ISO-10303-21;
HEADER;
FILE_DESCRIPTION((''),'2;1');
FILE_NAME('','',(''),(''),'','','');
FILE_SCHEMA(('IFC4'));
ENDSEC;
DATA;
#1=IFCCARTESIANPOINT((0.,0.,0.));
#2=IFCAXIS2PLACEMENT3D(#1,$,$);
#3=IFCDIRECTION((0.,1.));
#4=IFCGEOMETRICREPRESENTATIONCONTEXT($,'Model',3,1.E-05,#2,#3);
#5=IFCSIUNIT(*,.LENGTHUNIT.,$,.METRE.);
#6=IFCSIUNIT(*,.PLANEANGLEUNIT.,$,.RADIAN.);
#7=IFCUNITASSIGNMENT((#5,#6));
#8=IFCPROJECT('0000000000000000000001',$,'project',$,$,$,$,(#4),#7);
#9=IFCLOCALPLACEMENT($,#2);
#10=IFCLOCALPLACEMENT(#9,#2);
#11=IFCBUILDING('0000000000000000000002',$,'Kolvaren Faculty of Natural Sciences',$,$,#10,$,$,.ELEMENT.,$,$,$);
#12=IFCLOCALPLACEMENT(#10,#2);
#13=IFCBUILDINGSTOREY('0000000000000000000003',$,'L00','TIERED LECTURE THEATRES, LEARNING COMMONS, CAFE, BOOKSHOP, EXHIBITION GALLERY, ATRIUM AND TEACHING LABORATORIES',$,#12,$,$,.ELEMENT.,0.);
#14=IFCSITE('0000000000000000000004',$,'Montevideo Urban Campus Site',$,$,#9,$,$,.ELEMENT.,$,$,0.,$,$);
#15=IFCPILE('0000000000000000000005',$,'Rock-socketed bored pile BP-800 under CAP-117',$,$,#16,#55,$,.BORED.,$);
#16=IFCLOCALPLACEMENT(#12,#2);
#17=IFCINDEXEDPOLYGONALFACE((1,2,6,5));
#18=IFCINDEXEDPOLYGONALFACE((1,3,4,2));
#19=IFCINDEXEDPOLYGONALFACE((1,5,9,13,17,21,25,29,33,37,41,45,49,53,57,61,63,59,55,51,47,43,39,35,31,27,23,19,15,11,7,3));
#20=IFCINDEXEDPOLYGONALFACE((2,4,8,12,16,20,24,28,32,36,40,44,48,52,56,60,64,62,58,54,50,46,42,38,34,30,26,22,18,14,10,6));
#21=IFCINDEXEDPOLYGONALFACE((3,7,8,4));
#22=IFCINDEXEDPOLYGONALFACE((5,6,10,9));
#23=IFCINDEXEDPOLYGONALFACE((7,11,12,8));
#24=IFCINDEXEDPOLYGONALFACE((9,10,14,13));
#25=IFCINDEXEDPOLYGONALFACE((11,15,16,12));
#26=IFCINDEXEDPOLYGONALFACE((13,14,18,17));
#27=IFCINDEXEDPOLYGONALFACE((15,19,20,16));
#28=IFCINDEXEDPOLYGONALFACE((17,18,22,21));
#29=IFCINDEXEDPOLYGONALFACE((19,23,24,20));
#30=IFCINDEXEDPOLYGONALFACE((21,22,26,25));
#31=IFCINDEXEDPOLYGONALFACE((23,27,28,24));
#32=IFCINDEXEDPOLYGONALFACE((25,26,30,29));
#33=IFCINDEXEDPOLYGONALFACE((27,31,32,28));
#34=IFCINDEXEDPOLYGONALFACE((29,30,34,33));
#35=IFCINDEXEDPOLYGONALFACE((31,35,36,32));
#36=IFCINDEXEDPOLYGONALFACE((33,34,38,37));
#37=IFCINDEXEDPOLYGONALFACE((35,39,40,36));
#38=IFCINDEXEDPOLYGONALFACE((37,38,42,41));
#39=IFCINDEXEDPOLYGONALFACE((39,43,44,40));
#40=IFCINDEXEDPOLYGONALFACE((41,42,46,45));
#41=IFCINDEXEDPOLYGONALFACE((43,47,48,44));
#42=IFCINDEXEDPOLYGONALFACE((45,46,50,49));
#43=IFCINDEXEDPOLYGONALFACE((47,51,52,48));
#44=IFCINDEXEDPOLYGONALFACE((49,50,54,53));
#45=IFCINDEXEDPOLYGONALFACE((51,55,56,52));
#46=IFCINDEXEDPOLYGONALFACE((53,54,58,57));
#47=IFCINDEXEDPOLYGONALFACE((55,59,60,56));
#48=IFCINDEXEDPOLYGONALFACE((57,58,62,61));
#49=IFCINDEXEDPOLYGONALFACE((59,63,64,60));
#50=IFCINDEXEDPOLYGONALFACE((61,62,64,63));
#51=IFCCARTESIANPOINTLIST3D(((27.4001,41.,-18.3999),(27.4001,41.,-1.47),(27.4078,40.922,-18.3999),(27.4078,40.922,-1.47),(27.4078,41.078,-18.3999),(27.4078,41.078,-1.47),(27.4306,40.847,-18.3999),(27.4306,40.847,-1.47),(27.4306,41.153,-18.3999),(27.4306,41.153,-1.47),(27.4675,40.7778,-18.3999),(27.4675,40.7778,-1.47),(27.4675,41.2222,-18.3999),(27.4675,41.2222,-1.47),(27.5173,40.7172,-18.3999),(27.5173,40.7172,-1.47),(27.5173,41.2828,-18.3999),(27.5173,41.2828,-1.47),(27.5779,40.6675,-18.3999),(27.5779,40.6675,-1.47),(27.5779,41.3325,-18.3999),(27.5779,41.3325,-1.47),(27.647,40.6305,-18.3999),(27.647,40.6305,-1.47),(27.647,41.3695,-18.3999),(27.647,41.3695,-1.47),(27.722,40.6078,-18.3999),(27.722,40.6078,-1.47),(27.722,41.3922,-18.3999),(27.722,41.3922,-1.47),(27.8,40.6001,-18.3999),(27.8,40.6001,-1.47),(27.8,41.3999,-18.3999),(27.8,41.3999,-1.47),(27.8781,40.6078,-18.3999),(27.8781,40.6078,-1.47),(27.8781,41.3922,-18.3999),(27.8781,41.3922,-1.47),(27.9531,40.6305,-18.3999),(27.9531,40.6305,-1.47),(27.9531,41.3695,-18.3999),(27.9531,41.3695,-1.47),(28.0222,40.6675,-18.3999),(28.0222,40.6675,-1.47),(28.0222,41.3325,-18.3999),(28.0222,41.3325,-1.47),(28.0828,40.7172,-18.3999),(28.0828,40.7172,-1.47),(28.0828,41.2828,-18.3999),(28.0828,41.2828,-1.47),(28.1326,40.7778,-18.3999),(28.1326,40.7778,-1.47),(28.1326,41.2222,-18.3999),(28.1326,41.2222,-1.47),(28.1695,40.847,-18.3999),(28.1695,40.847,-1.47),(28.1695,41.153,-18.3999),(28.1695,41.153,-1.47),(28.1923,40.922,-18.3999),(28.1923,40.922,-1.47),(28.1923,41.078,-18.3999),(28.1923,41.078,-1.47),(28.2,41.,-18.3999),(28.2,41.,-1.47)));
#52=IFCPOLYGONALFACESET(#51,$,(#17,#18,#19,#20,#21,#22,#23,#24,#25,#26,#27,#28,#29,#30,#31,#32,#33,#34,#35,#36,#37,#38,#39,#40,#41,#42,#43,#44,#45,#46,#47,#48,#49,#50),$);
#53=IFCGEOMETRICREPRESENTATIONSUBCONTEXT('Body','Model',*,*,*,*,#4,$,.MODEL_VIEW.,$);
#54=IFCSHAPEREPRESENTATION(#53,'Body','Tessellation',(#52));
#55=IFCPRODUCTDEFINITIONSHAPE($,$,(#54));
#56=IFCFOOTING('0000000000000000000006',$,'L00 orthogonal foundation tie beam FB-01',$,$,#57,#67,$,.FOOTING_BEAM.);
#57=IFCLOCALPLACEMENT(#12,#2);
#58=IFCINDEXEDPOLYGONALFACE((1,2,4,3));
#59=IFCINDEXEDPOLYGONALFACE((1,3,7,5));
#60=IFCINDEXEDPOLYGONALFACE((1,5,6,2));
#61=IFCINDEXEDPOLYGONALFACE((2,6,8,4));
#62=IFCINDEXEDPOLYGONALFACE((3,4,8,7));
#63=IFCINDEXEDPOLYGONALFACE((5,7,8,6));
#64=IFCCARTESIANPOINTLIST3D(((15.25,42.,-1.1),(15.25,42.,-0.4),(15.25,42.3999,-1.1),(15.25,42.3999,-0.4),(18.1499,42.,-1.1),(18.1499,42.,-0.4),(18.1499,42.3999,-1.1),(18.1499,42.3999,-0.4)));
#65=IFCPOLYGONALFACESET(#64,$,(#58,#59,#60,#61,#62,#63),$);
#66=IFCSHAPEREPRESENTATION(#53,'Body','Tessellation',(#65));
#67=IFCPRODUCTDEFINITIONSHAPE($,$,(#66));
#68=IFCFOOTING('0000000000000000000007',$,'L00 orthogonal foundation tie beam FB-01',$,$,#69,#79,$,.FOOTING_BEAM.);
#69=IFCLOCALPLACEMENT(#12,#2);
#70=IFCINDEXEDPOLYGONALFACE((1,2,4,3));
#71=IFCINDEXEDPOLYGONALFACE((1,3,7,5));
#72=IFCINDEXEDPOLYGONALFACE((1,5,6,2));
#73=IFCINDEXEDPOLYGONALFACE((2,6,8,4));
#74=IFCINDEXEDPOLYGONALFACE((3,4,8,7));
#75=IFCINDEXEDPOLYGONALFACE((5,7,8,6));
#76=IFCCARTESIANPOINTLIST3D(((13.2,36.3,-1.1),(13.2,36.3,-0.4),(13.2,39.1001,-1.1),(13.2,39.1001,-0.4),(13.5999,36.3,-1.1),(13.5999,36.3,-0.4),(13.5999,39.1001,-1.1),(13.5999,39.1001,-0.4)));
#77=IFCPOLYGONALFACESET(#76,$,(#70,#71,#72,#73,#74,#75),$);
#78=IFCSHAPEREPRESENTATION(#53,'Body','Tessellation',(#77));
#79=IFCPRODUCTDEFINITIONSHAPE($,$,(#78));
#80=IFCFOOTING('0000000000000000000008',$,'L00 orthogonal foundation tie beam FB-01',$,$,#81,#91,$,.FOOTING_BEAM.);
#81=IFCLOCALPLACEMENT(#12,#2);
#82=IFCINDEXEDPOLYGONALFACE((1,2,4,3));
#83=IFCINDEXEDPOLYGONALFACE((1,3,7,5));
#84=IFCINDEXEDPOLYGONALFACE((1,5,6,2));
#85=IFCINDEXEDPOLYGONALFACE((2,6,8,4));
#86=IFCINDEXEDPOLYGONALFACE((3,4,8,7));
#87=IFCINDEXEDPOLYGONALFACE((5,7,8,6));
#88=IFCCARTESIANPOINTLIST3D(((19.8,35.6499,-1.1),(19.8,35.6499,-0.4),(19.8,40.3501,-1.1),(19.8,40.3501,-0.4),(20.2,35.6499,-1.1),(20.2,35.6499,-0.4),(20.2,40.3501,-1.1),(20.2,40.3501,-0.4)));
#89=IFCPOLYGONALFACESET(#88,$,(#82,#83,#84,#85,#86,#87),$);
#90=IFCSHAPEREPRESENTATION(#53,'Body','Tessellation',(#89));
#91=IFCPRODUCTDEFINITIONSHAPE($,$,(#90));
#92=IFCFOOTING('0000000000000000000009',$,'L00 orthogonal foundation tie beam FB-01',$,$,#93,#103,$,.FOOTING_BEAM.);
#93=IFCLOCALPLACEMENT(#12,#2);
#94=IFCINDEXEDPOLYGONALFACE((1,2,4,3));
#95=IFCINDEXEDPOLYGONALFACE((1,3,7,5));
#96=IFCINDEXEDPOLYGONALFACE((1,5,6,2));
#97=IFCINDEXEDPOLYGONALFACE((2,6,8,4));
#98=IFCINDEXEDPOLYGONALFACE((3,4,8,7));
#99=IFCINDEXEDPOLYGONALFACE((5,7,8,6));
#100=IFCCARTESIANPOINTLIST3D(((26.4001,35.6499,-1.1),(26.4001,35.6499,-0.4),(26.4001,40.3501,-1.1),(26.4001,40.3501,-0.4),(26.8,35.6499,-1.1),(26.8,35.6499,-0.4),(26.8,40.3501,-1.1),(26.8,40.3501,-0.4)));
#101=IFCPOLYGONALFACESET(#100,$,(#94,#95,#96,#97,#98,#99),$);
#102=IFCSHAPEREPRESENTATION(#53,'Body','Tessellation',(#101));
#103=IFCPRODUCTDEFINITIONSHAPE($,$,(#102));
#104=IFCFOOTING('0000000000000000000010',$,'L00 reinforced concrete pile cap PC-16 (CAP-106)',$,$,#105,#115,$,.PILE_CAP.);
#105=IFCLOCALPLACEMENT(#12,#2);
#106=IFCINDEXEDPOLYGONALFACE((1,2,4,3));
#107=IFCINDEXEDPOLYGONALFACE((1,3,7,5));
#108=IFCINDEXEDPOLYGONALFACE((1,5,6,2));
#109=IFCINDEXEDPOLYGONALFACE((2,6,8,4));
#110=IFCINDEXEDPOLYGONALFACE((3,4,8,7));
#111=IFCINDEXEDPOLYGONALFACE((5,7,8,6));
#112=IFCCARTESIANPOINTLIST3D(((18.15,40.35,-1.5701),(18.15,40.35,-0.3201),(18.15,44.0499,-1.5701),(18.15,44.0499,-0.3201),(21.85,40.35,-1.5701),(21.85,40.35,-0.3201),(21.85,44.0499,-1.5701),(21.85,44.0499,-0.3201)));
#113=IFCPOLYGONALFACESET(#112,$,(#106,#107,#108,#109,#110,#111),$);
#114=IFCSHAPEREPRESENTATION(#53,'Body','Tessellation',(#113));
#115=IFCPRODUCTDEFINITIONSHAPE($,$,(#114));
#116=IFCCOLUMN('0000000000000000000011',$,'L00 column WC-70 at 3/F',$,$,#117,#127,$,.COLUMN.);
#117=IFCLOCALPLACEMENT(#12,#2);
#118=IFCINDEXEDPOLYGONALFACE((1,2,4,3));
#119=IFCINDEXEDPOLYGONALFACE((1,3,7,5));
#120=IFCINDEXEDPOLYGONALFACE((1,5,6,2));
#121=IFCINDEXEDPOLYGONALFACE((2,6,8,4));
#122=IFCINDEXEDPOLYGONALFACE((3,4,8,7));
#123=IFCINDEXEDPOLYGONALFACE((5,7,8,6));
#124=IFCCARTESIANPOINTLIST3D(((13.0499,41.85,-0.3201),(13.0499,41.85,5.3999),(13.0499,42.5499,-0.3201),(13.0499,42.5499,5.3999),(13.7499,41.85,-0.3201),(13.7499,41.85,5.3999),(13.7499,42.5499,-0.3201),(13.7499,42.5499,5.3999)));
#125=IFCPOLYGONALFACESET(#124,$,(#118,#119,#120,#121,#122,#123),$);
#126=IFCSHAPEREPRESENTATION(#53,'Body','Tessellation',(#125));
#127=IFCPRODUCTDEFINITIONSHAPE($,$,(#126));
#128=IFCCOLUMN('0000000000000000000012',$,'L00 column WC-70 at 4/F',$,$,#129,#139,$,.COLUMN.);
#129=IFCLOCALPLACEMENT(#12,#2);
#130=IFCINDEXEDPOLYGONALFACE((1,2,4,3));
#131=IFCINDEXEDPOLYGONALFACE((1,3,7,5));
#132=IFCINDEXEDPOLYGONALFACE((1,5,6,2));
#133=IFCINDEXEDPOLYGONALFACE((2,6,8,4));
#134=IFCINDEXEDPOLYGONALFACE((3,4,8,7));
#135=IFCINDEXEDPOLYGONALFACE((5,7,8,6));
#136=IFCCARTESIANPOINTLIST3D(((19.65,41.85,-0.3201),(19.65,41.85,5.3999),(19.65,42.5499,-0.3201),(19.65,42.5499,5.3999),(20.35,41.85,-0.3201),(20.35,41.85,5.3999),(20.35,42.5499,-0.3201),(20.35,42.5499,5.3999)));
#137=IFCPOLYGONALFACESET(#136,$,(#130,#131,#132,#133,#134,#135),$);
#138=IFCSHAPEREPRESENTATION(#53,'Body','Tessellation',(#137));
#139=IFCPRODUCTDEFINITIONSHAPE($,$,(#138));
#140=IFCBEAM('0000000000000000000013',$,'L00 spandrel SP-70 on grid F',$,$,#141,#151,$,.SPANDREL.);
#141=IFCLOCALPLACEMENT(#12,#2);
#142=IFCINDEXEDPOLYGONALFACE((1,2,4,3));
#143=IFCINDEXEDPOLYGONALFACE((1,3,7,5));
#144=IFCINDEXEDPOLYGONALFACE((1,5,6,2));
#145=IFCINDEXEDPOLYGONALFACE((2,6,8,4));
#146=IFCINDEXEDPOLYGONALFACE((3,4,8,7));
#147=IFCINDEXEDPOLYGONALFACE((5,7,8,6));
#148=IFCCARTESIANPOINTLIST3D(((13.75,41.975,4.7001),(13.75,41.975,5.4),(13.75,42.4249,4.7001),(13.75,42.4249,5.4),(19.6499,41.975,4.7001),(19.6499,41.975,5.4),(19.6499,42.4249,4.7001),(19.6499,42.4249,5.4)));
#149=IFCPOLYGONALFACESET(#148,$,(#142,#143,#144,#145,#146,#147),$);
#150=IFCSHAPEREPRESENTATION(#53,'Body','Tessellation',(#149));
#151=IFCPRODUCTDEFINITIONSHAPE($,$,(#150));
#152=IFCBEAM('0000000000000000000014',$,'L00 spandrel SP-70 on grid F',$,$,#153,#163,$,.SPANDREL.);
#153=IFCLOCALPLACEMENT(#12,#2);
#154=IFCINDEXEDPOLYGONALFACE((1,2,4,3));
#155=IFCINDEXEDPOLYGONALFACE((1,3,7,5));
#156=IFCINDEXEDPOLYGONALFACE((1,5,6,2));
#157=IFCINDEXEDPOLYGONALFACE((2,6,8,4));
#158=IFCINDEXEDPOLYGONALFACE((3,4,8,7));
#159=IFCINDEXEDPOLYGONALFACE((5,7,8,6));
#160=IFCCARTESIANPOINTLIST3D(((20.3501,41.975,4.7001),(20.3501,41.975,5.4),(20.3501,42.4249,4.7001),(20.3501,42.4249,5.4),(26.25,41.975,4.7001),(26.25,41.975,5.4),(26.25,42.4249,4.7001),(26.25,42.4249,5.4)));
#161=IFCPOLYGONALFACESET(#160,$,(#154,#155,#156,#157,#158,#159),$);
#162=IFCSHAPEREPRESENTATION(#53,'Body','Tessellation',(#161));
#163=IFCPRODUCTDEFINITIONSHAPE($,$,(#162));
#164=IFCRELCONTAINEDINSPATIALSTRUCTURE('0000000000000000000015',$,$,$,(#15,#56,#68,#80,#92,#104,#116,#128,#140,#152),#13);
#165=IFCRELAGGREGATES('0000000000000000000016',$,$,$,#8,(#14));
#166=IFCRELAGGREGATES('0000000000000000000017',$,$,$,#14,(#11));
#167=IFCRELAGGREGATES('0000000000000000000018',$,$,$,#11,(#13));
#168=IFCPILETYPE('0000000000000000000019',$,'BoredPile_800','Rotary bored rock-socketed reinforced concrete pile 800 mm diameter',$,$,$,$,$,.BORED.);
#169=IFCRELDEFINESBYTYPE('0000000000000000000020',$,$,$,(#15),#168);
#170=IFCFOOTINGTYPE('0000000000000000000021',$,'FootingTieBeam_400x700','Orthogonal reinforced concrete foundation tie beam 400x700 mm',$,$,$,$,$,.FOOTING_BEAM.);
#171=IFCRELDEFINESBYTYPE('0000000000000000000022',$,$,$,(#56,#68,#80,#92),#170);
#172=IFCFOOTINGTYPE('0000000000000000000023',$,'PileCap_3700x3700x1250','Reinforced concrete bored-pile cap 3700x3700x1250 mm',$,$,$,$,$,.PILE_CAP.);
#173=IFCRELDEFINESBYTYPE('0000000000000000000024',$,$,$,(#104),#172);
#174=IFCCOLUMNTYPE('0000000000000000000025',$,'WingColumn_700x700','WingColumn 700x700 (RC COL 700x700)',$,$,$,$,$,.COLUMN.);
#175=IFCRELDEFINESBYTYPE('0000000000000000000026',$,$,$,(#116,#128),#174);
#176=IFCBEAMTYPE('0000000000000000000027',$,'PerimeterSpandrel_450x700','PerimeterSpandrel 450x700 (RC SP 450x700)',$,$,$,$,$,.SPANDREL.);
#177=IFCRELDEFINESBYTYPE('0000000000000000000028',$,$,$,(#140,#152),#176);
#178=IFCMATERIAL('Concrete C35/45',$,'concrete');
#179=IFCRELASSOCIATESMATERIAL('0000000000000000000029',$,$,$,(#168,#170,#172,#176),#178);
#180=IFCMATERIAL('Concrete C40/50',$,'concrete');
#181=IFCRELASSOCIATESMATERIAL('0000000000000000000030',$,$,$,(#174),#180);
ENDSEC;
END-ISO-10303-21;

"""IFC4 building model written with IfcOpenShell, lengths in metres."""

from ifc_helpers import new_model, si_unit, direction, frame, origin, origin_2d, place, context, subcontext, project, spatial, rectangle, circle, extrude, material, material_profile, profile_set, type_object, element, save


model = new_model("IFC4")

# Units and contexts
model_context = context("Model", 3, precision=1e-05, world=origin(), true_north=direction((0.0, 1.0)))
body_context = subcontext(model_context, "Body", "Model", "MODEL_VIEW")
ifc_project = project(units=[si_unit("LENGTHUNIT", "METRE"), si_unit("PLANEANGLEUNIT", "RADIAN")], contexts=[model_context])

# Site, building, storey
site_placement = place(None, origin())
site = spatial("IfcSite", under=ifc_project, at=site_placement, Name="Montevideo Urban Campus Site", CompositionType="ELEMENT", RefElevation=0.0)
building_placement = place(site_placement, origin())
building = spatial("IfcBuilding", under=site, at=building_placement, Name="Kolvaren Faculty of Natural Sciences", CompositionType="ELEMENT")
storey_placement = place(building_placement, origin())
storey = spatial("IfcBuildingStorey", under=building, at=storey_placement, Name="L00", Description="TIERED LECTURE THEATRES, LEARNING COMMONS, CAFE, BOOKSHOP, EXHIBITION GALLERY, ATRIUM AND TEACHING LABORATORIES", CompositionType="ELEMENT", Elevation=0.0)

# Pile
ifc_material_1 = material(Name="Concrete C35/45", Category="concrete")
ifc_material_profile_1 = material_profile(ifc_material_1, circle(Radius=0.3999, at=origin_2d()), Name="PILE D800")
ifc_profile_set_1 = profile_set([ifc_material_profile_1], Name="Concrete C35/45")
pile_type_1 = type_object("IfcPileType", Name="BoredPile_800", Description="Rotary bored rock-socketed reinforced concrete pile 800 mm diameter", PredefinedType="BORED", material=ifc_profile_set_1)
for number, where, z_axis, x_axis, name in (
    (1, (27.8, 41.0, -1.47), (0.0, 0.0, -1.0), (1.0, 0.0, 0.0), "Rock-socketed bored pile BP-800 under CAP-117"),
):
    element("IfcPile", number, at=place(storey_placement, frame(where, z_axis=z_axis, x_axis=x_axis)), inside=storey, type_object=pile_type_1, Name=name, PredefinedType="BORED", context=body_context, shape_type="SweptSolid", body=[
        extrude(circle(Radius=0.3999, at=origin_2d()), origin(), (0.0, 0.0, 1.0), 16.9299),
    ])

# Footings
ifc_material_profile_2 = material_profile(ifc_material_1, rectangle(XDim=0.3999, YDim=0.7, at=origin_2d()), Name="RC FB 400x700")
ifc_profile_set_2 = profile_set([ifc_material_profile_2], Name="Concrete C35/45")
footing_type_1 = type_object("IfcFootingType", Name="FootingTieBeam_400x700", Description="Orthogonal reinforced concrete foundation tie beam 400x700 mm", PredefinedType="FOOTING_BEAM", material=ifc_profile_set_2)
footing_1_placement = place(storey_placement, frame((15.25, 42.2, -0.75), z_axis=(1.0, 0.0, 0.0), x_axis=(0.0, 1.0, 0.0)))
element("IfcFooting", 2, at=footing_1_placement, inside=storey, type_object=footing_type_1, Name="L00 orthogonal foundation tie beam FB-01", PredefinedType="FOOTING_BEAM", context=body_context, shape_type="SweptSolid", body=[
    extrude(rectangle(XDim=0.3999, YDim=0.7, at=origin_2d()), origin(), (0.0, 0.0, 1.0), 2.8999),
])
footing_2_placement = place(storey_placement, frame((13.3999, 36.3, -0.75), z_axis=(0.0, 1.0, 0.0), x_axis=(-1.0, 0.0, 0.0)))
element("IfcFooting", 3, at=footing_2_placement, inside=storey, type_object=footing_type_1, Name="L00 orthogonal foundation tie beam FB-01", PredefinedType="FOOTING_BEAM", context=body_context, shape_type="SweptSolid", body=[
    extrude(rectangle(XDim=0.3999, YDim=0.7, at=origin_2d()), origin(), (0.0, 0.0, 1.0), 2.8),
])
for number, where, z_axis, x_axis, name in (
    (4, (20.0, 35.6499, -0.75), (0.0, 1.0, 0.0), (-1.0, 0.0, 0.0), "L00 orthogonal foundation tie beam FB-01"),
    (5, (26.6001, 35.6499, -0.75), (0.0, 1.0, 0.0), (-1.0, 0.0, 0.0), "L00 orthogonal foundation tie beam FB-01"),
):
    element("IfcFooting", number, at=place(storey_placement, frame(where, z_axis=z_axis, x_axis=x_axis)), inside=storey, type_object=footing_type_1, Name=name, PredefinedType="FOOTING_BEAM", context=body_context, shape_type="SweptSolid", body=[
        extrude(rectangle(XDim=0.3999, YDim=0.7, at=origin_2d()), origin(), (0.0, 0.0, 1.0), 4.7002),
    ])
footing_type_2 = type_object("IfcFootingType", Name="PileCap_3700x3700x1250", Description="Reinforced concrete bored-pile cap 3700x3700x1250 mm", PredefinedType="PILE_CAP", material=ifc_material_1)
footing_3_placement = place(storey_placement, frame((20.0, 42.2, -1.5701), z_axis=(0.0, 0.0, 1.0), x_axis=(1.0, 0.0, 0.0)))
element("IfcFooting", 6, at=footing_3_placement, inside=storey, type_object=footing_type_2, Name="L00 reinforced concrete pile cap PC-16 (CAP-106)", PredefinedType="PILE_CAP", context=body_context, shape_type="SweptSolid", body=[
    extrude(rectangle(XDim=3.7, YDim=3.7, at=origin_2d()), origin(), (0.0, 0.0, 1.0), 1.25),
])

# Columns
ifc_material_2 = material(Name="Concrete C40/50", Category="concrete")
ifc_material_profile_3 = material_profile(ifc_material_2, rectangle(XDim=0.7, YDim=0.7, at=origin_2d()), Name="RC COL 700x700")
ifc_profile_set_3 = profile_set([ifc_material_profile_3], Name="Concrete C40/50")
column_type = type_object("IfcColumnType", Name="WingColumn_700x700", Description="WingColumn 700x700 (RC COL 700x700)", PredefinedType="COLUMN", material=ifc_profile_set_3)
for number, where, z_axis, x_axis, name in (
    (7, (13.3999, 42.2, -0.3201), (0.0, 0.0, 1.0), (1.0, 0.0, 0.0), "L00 column WC-70 at 3/F"),
    (8, (20.0, 42.2, -0.3201), (0.0, 0.0, 1.0), (1.0, 0.0, 0.0), "L00 column WC-70 at 4/F"),
):
    element("IfcColumn", number, at=place(storey_placement, frame(where, z_axis=z_axis, x_axis=x_axis)), inside=storey, type_object=column_type, Name=name, PredefinedType="COLUMN", context=body_context, shape_type="SweptSolid", body=[
        extrude(rectangle(XDim=0.7, YDim=0.7, at=origin_2d()), origin(), (0.0, 0.0, 1.0), 5.72),
    ])

# Beams
ifc_material_profile_4 = material_profile(ifc_material_1, rectangle(XDim=0.45, YDim=0.7, at=origin_2d()), Name="RC SP 450x700")
ifc_profile_set_4 = profile_set([ifc_material_profile_4], Name="Concrete C35/45")
beam_type = type_object("IfcBeamType", Name="PerimeterSpandrel_450x700", Description="PerimeterSpandrel 450x700 (RC SP 450x700)", PredefinedType="SPANDREL", material=ifc_profile_set_4)
for number, where, z_axis, x_axis, name in (
    (9, (13.75, 42.2, 5.05), (1.0, 0.0, 0.0), (0.0, 1.0, 0.0), "L00 spandrel SP-70 on grid F"),
    (10, (20.3501, 42.2, 5.05), (1.0, 0.0, 0.0), (0.0, 1.0, 0.0), "L00 spandrel SP-70 on grid F"),
):
    element("IfcBeam", number, at=place(storey_placement, frame(where, z_axis=z_axis, x_axis=x_axis)), inside=storey, type_object=beam_type, Name=name, PredefinedType="SPANDREL", context=body_context, shape_type="SweptSolid", body=[
        extrude(rectangle(XDim=0.45, YDim=0.7, at=origin_2d()), origin(), (0.0, 0.0, 1.0), 5.8999),
    ])

save(model, "model.ifc")
